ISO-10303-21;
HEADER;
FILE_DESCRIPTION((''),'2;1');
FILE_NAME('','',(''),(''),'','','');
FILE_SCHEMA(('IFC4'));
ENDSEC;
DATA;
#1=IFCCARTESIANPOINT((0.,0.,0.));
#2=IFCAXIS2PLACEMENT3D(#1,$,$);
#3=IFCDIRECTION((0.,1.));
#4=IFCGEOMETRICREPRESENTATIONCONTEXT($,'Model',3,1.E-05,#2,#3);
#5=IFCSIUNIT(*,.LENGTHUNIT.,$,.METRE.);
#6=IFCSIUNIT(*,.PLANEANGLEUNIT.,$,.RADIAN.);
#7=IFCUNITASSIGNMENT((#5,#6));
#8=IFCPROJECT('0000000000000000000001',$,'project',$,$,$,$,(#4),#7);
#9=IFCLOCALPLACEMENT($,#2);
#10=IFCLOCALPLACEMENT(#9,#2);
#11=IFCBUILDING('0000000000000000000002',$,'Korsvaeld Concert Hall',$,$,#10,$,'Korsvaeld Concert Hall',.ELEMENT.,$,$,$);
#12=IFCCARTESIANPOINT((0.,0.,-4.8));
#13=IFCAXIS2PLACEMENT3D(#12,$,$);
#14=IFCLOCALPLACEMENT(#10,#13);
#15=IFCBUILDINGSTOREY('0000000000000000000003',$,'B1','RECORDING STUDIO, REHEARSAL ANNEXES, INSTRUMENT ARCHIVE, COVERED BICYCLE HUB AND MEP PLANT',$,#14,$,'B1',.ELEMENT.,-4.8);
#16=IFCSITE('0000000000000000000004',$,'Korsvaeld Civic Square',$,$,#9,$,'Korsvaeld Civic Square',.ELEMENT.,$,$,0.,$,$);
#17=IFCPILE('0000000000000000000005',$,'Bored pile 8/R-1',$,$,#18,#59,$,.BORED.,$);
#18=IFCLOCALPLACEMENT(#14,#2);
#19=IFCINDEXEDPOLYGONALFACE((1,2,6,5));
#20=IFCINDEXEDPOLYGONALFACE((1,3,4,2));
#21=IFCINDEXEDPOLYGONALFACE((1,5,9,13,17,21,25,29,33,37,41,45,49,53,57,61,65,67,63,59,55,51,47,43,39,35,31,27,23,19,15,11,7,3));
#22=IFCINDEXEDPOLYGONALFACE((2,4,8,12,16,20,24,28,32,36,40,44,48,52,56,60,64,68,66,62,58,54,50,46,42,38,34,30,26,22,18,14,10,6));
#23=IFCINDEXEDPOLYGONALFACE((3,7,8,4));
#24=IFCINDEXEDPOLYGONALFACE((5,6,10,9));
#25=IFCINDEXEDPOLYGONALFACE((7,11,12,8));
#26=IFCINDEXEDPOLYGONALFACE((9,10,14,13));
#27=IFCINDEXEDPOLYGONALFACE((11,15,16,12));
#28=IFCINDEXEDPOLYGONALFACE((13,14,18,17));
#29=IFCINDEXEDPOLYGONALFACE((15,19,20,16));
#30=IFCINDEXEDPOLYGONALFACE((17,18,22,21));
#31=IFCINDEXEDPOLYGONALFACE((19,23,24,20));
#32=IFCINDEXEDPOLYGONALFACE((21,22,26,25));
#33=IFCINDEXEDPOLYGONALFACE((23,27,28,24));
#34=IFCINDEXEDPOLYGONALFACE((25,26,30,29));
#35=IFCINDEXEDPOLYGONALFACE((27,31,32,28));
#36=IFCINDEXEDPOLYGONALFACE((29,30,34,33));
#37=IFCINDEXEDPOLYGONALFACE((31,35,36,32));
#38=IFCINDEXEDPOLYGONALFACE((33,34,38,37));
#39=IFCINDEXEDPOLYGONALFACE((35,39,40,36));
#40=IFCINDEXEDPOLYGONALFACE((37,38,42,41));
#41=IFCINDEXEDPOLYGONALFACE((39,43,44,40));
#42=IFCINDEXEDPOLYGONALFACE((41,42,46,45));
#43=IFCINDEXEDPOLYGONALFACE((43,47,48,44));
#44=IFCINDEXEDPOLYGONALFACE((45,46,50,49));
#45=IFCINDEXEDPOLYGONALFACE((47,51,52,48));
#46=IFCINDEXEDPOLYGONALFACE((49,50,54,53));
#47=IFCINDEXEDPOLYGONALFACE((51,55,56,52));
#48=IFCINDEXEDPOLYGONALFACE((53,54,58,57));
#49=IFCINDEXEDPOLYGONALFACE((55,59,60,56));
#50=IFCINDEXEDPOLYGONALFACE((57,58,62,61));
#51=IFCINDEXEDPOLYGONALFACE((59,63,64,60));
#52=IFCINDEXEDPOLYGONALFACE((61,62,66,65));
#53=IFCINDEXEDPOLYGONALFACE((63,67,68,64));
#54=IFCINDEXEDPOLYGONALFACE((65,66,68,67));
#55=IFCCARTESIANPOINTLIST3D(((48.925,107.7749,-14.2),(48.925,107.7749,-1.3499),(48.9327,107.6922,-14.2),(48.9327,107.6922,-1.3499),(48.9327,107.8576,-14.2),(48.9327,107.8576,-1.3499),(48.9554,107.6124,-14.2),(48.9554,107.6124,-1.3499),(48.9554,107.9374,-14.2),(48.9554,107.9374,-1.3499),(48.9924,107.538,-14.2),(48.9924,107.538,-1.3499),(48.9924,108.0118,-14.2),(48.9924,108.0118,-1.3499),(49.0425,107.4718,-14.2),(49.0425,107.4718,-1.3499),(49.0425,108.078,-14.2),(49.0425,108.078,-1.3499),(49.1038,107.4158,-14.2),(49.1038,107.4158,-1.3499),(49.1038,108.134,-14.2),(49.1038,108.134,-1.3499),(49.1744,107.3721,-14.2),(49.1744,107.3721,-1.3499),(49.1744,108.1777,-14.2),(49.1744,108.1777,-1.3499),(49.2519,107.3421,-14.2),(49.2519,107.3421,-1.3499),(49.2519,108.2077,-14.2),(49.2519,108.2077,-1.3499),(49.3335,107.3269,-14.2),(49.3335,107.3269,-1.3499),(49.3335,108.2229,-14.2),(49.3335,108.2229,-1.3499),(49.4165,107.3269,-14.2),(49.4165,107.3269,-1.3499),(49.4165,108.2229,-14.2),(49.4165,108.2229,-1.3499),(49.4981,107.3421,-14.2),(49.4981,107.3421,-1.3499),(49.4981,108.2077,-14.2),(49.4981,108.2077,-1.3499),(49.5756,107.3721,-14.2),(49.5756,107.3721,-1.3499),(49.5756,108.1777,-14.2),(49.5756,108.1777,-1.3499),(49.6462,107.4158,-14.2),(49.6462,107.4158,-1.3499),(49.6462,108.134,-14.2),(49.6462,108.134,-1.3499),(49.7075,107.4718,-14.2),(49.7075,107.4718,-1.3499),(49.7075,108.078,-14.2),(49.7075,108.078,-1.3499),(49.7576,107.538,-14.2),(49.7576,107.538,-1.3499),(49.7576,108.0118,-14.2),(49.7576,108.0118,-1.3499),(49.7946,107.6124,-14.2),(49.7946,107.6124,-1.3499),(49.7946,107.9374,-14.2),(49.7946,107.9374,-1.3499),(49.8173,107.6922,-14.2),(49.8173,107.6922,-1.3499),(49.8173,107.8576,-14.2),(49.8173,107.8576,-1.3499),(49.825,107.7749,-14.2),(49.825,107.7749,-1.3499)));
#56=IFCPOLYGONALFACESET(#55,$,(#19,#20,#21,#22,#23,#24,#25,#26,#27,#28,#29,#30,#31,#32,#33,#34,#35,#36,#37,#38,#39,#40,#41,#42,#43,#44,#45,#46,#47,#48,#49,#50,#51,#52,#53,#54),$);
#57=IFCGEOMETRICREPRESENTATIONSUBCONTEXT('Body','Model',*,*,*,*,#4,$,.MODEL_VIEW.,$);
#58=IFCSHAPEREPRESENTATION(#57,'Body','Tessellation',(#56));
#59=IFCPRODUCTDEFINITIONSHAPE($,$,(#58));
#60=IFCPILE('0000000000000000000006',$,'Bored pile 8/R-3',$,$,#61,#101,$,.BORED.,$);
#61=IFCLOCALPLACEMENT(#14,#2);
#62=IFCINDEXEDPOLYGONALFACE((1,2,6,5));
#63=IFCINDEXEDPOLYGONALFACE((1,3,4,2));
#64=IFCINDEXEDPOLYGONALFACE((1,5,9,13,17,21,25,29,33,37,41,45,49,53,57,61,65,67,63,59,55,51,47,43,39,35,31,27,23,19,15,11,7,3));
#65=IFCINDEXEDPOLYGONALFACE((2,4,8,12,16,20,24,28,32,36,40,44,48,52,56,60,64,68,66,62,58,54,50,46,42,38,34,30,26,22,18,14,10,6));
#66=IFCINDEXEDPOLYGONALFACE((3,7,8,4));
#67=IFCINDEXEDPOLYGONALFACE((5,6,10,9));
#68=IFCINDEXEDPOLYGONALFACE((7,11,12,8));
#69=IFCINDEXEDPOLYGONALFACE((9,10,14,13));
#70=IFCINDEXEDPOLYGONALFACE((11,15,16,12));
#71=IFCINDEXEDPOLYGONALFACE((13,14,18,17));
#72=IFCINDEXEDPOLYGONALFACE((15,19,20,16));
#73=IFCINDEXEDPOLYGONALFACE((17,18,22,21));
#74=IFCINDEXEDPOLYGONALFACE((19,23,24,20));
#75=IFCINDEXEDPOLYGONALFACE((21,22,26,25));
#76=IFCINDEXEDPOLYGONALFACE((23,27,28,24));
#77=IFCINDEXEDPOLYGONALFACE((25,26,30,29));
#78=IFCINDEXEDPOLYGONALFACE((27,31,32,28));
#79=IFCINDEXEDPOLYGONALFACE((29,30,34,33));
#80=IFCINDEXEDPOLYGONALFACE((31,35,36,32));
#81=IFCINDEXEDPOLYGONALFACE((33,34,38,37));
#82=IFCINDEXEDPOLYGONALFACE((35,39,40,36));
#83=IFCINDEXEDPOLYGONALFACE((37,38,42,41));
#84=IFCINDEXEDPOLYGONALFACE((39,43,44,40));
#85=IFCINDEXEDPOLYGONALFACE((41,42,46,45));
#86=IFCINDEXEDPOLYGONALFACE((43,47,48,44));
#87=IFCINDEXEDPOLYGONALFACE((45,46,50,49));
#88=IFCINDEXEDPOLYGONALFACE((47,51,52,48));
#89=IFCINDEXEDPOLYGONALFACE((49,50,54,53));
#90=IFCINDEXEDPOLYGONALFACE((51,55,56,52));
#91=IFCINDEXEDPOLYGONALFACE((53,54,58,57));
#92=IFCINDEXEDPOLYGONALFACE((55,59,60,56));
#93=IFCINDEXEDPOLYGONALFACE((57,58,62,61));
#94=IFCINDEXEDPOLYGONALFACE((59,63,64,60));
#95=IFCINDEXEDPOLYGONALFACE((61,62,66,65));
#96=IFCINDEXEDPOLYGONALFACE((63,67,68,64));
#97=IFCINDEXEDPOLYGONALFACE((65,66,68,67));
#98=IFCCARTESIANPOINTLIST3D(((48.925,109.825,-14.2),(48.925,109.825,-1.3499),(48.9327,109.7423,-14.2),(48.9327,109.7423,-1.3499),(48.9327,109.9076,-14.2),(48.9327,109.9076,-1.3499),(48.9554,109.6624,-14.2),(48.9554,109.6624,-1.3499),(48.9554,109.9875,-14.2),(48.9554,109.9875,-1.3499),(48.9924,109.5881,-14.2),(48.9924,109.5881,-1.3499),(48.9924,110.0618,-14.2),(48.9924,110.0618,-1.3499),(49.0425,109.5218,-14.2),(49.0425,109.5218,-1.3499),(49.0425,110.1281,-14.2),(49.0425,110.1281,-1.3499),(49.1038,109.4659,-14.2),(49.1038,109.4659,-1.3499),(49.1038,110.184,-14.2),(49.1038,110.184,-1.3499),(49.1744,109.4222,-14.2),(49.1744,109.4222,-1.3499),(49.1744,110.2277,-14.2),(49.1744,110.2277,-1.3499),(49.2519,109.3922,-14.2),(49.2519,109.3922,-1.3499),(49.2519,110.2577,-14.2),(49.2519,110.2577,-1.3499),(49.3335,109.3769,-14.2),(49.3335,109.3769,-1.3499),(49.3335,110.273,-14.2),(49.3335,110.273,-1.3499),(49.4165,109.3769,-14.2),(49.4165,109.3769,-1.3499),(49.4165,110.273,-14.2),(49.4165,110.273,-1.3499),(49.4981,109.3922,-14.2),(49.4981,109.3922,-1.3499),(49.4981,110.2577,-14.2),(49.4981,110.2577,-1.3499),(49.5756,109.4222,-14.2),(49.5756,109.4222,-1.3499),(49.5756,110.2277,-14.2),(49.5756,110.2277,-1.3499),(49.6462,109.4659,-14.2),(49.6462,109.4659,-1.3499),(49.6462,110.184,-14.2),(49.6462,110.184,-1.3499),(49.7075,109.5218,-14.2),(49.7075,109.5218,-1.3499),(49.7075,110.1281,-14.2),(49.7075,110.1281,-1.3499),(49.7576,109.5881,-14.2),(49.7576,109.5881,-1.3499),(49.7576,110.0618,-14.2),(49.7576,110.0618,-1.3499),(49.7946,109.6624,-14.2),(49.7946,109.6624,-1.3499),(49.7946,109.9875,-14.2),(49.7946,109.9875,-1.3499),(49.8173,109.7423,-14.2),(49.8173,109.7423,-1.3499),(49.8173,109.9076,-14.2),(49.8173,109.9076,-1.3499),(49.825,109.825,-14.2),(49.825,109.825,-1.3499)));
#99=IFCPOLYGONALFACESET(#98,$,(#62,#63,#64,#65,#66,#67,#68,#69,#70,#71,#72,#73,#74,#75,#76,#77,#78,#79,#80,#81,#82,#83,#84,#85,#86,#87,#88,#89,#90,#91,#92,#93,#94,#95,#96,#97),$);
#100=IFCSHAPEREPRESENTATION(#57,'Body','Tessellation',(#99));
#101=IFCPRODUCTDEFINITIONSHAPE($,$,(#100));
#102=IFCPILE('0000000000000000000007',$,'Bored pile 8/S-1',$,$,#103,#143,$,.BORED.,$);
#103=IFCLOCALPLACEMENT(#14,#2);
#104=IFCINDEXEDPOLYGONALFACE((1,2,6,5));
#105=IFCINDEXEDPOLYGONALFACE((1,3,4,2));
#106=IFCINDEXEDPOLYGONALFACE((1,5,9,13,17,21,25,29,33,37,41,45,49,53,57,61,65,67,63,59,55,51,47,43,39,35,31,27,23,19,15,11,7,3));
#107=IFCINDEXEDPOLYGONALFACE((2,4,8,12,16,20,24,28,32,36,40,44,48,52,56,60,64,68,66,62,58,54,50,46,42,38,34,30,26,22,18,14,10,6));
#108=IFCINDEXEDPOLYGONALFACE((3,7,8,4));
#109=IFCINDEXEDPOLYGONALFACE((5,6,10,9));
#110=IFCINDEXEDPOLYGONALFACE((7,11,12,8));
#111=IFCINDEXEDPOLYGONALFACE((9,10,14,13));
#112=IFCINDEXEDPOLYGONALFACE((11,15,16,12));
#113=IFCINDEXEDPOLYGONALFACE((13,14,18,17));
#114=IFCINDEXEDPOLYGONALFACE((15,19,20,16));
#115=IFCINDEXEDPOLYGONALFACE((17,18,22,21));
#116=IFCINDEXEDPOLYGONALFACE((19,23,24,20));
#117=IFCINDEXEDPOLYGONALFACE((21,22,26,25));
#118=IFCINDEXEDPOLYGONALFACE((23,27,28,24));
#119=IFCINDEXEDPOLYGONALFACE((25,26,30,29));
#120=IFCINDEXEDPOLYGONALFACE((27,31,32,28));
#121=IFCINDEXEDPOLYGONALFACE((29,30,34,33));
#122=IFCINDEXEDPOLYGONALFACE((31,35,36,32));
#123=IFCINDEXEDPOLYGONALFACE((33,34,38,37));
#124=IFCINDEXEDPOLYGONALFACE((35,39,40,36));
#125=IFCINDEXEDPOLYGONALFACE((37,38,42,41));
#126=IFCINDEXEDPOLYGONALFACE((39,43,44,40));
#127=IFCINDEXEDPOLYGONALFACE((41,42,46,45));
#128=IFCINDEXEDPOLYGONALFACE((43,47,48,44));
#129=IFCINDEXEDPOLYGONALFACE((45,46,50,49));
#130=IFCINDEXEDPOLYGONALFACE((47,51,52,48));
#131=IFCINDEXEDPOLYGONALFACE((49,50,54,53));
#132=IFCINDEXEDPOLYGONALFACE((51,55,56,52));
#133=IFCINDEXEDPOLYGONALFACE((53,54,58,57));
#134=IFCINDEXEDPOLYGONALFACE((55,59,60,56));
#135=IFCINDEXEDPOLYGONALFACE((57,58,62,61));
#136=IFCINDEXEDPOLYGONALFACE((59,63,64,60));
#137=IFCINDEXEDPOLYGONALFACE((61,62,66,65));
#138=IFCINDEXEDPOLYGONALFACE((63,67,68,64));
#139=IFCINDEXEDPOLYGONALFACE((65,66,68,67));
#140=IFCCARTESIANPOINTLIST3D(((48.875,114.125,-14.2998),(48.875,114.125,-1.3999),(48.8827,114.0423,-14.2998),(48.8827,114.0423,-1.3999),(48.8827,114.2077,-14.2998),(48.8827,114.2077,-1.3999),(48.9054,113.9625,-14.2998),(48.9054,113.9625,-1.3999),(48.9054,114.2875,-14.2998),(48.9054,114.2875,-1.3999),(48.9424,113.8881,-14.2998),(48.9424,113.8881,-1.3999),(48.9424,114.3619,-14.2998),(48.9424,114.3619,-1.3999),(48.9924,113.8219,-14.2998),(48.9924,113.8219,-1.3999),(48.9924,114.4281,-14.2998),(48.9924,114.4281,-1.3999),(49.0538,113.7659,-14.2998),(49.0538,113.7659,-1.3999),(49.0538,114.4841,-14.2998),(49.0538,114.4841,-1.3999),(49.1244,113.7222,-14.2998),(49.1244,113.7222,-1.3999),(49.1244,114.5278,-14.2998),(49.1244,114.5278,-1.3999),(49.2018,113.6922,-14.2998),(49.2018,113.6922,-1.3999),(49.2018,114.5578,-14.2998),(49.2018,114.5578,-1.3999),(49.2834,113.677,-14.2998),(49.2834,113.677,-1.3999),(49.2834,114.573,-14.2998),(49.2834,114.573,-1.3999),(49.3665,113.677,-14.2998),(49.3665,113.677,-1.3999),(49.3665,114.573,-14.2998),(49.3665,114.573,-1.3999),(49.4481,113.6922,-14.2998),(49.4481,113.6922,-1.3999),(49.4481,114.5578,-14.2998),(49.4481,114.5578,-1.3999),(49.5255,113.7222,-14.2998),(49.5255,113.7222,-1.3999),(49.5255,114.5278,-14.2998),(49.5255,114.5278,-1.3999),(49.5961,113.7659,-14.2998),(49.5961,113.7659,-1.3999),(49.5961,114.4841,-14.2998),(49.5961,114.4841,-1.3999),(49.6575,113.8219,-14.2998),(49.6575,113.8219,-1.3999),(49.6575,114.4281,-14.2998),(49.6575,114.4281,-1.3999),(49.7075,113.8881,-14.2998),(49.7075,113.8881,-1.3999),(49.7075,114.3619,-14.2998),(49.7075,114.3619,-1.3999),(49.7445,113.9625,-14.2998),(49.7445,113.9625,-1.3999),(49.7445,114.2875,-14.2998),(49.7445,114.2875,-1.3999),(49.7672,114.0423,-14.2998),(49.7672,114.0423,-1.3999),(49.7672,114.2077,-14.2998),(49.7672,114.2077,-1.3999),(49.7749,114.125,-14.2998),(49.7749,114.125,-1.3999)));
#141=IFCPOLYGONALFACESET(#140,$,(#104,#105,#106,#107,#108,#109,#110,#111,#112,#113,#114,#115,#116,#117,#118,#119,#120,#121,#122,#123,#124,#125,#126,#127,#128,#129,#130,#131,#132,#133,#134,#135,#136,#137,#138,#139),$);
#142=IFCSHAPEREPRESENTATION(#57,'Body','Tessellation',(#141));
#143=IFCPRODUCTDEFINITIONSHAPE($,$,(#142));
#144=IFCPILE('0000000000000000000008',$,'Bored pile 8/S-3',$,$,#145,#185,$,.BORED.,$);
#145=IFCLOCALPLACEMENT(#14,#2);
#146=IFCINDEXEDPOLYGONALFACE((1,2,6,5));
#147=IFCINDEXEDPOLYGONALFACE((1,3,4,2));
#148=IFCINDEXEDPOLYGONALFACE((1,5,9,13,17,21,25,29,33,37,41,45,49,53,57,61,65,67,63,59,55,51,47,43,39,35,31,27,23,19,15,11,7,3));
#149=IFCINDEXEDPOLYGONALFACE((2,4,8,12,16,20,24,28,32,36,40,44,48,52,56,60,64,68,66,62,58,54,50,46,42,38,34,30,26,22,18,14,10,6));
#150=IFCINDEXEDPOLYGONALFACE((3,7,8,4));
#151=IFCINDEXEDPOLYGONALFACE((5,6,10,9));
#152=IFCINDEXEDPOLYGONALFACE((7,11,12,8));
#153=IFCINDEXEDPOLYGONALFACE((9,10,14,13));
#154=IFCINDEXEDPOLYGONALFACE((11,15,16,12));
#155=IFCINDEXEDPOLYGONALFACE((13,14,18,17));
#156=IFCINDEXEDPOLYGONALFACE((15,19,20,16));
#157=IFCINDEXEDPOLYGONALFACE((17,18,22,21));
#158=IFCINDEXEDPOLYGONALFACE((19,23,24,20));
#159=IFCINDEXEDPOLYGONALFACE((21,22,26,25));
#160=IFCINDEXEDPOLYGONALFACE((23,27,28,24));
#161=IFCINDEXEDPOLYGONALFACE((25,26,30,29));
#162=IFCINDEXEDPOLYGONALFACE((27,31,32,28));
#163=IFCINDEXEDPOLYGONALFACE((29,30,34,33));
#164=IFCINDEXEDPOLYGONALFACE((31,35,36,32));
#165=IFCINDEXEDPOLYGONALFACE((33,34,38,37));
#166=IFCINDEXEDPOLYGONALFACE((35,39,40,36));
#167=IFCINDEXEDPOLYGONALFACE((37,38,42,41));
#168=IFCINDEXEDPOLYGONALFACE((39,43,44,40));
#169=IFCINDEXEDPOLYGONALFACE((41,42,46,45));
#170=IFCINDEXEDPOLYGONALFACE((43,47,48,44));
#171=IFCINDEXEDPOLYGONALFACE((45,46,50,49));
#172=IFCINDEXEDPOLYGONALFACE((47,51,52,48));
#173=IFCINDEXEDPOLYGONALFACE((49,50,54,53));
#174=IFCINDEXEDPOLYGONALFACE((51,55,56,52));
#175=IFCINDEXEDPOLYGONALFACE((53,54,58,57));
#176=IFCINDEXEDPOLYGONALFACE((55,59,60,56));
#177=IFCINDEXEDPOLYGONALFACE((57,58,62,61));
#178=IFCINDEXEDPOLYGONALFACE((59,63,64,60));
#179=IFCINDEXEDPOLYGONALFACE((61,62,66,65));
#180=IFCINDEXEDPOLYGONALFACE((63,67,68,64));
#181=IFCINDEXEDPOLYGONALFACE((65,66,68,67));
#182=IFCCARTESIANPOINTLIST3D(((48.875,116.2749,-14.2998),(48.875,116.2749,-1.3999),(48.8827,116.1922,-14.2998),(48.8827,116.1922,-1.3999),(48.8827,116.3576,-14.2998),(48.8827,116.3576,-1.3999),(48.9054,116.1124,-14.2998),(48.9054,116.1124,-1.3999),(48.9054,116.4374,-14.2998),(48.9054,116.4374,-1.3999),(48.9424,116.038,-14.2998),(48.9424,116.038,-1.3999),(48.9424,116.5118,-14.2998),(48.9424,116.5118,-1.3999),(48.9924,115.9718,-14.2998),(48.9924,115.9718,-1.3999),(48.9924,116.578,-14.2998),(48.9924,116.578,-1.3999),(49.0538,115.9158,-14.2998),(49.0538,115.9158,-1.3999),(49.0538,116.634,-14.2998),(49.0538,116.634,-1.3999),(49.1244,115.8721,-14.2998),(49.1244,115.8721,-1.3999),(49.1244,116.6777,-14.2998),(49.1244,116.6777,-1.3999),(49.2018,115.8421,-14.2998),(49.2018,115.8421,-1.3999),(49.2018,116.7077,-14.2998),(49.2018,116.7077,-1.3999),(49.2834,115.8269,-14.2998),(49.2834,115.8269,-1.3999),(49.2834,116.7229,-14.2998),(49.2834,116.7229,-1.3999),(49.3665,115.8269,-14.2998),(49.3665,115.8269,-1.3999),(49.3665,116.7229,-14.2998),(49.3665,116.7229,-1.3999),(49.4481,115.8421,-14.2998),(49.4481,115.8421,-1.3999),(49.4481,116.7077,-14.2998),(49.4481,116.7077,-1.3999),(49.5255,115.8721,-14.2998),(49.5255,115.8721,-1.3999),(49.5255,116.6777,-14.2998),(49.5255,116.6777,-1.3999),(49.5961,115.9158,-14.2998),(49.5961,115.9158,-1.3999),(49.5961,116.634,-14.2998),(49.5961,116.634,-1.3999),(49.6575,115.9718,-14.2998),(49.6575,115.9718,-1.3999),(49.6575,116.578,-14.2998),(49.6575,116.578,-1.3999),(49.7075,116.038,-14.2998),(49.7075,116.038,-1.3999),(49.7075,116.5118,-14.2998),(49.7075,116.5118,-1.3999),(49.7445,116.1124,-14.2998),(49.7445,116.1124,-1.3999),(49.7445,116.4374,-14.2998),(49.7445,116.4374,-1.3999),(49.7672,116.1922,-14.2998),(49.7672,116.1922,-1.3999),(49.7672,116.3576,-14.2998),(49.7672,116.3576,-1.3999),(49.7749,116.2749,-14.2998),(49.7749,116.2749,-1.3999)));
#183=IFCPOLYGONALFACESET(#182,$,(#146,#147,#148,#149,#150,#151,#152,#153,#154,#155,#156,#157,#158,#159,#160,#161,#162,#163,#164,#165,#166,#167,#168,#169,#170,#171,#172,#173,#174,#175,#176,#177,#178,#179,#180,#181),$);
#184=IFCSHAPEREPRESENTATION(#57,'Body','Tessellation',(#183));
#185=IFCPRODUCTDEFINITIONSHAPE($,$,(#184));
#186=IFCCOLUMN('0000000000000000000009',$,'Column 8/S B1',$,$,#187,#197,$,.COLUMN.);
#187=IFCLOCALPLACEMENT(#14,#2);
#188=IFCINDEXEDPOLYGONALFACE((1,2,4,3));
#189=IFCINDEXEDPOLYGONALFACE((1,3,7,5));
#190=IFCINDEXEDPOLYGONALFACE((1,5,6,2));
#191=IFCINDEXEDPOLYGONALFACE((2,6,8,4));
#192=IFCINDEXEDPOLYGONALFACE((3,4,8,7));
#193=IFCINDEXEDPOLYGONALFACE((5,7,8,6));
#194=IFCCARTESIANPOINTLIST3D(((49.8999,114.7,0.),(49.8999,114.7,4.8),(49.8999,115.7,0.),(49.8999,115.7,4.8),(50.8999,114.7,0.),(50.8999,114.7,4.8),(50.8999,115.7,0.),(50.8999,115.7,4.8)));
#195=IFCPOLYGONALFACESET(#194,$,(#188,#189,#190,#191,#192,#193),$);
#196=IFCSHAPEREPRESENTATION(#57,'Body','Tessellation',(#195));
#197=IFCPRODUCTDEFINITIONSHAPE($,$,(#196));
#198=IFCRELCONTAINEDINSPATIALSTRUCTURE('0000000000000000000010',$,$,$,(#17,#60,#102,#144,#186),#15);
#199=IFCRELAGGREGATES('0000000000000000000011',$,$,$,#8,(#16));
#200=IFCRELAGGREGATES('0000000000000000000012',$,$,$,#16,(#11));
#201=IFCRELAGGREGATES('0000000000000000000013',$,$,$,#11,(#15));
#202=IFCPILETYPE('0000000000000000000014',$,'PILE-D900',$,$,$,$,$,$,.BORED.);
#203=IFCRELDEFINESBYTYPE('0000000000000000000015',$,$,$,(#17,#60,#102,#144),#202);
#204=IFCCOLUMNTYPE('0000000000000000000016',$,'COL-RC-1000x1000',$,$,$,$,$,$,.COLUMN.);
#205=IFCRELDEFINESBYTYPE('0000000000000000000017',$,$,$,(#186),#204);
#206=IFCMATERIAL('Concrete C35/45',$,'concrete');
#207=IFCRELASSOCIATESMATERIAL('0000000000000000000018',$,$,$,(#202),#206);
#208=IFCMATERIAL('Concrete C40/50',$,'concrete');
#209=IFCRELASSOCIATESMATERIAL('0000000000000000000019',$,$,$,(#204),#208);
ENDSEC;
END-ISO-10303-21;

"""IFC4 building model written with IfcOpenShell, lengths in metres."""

from ifc_helpers import new_model, si_unit, direction, frame, origin, origin_2d, place, context, subcontext, project, spatial, rectangle, circle, extrude, material, material_profile, profile_set, type_object, element, save


model = new_model("IFC4")

# Units and contexts
model_context = context("Model", 3, precision=1e-05, world=origin(), true_north=direction((0.0, 1.0)))
body_context = subcontext(model_context, "Body", "Model", "MODEL_VIEW")
ifc_project = project(units=[si_unit("LENGTHUNIT", "METRE"), si_unit("PLANEANGLEUNIT", "RADIAN")], contexts=[model_context])

# Site, building, storey
site_placement = place(None, origin())
site = spatial("IfcSite", under=ifc_project, at=site_placement, Name="Korsvaeld Civic Square", LongName="Korsvaeld Civic Square", CompositionType="ELEMENT", RefElevation=0.0)
building_placement = place(site_placement, origin())
building = spatial("IfcBuilding", under=site, at=building_placement, Name="Korsvaeld Concert Hall", LongName="Korsvaeld Concert Hall", CompositionType="ELEMENT")
storey_placement = place(building_placement, frame((0.0, 0.0, -4.8)))
storey = spatial("IfcBuildingStorey", under=building, at=storey_placement, Name="B1", Description="RECORDING STUDIO, REHEARSAL ANNEXES, INSTRUMENT ARCHIVE, COVERED BICYCLE HUB AND MEP PLANT", LongName="B1", CompositionType="ELEMENT", Elevation=-4.8)

# Shared definitions
ifc_material_1 = material(Name="Concrete C35/45", Category="concrete")

# Piles
ifc_material_2 = material(Name="Concrete C40/50", Category="concrete")
ifc_material_profile_1 = material_profile(ifc_material_1, circle(Radius=0.45, at=origin_2d()), Name="BORED PILE D900")
ifc_profile_set_1 = profile_set([ifc_material_profile_1], Name="Concrete C35/45")
pile_type_1 = type_object("IfcPileType", Name="PILE-D900", PredefinedType="BORED", material=ifc_profile_set_1)
for number, where, z_axis, x_axis, name in (
    (1, (49.375, 107.7749, -1.3499), (0.0, 0.0, -1.0), (1.0, 0.0, 0.0), "Bored pile 8/R-1"),
    (2, (49.375, 109.825, -1.3499), (0.0, 0.0, -1.0), (1.0, 0.0, 0.0), "Bored pile 8/R-3"),
):
    element("IfcPile", number, at=place(storey_placement, frame(where, z_axis=z_axis, x_axis=x_axis)), inside=storey, type_object=pile_type_1, Name=name, PredefinedType="BORED", context=body_context, shape_type="SweptSolid", body=[
        extrude(circle(Radius=0.45, at=origin_2d()), origin(), (0.0, 0.0, 1.0), 12.8501),
    ])
for number, where, z_axis, x_axis, name in (
    (3, (49.325, 114.125, -1.3999), (0.0, 0.0, -1.0), (1.0, 0.0, 0.0), "Bored pile 8/S-1"),
    (4, (49.325, 116.2749, -1.3999), (0.0, 0.0, -1.0), (1.0, 0.0, 0.0), "Bored pile 8/S-3"),
):
    element("IfcPile", number, at=place(storey_placement, frame(where, z_axis=z_axis, x_axis=x_axis)), inside=storey, type_object=pile_type_1, Name=name, PredefinedType="BORED", context=body_context, shape_type="SweptSolid", body=[
        extrude(circle(Radius=0.45, at=origin_2d()), origin(), (0.0, 0.0, 1.0), 12.8999),
    ])

# Column
ifc_material_profile_2 = material_profile(ifc_material_2, rectangle(XDim=1.0, YDim=1.0, at=origin_2d()), Name="RC 1000x1000")
ifc_profile_set_2 = profile_set([ifc_material_profile_2], Name="Concrete C40/50")
column_type_1 = type_object("IfcColumnType", Name="COL-RC-1000x1000", PredefinedType="COLUMN", material=ifc_profile_set_2)
column_1_placement = place(storey_placement, frame((50.3999, 115.2, 0.0), z_axis=(0.0, 0.0, 1.0), x_axis=(1.0, 0.0, 0.0)))
element("IfcColumn", 5, at=column_1_placement, inside=storey, type_object=column_type_1, Name="Column 8/S B1", PredefinedType="COLUMN", context=body_context, shape_type="SweptSolid", body=[
    extrude(rectangle(XDim=1.0, YDim=1.0, at=origin_2d()), origin(), (0.0, 0.0, 1.0), 4.8),
])

save(model, "model.ifc")
